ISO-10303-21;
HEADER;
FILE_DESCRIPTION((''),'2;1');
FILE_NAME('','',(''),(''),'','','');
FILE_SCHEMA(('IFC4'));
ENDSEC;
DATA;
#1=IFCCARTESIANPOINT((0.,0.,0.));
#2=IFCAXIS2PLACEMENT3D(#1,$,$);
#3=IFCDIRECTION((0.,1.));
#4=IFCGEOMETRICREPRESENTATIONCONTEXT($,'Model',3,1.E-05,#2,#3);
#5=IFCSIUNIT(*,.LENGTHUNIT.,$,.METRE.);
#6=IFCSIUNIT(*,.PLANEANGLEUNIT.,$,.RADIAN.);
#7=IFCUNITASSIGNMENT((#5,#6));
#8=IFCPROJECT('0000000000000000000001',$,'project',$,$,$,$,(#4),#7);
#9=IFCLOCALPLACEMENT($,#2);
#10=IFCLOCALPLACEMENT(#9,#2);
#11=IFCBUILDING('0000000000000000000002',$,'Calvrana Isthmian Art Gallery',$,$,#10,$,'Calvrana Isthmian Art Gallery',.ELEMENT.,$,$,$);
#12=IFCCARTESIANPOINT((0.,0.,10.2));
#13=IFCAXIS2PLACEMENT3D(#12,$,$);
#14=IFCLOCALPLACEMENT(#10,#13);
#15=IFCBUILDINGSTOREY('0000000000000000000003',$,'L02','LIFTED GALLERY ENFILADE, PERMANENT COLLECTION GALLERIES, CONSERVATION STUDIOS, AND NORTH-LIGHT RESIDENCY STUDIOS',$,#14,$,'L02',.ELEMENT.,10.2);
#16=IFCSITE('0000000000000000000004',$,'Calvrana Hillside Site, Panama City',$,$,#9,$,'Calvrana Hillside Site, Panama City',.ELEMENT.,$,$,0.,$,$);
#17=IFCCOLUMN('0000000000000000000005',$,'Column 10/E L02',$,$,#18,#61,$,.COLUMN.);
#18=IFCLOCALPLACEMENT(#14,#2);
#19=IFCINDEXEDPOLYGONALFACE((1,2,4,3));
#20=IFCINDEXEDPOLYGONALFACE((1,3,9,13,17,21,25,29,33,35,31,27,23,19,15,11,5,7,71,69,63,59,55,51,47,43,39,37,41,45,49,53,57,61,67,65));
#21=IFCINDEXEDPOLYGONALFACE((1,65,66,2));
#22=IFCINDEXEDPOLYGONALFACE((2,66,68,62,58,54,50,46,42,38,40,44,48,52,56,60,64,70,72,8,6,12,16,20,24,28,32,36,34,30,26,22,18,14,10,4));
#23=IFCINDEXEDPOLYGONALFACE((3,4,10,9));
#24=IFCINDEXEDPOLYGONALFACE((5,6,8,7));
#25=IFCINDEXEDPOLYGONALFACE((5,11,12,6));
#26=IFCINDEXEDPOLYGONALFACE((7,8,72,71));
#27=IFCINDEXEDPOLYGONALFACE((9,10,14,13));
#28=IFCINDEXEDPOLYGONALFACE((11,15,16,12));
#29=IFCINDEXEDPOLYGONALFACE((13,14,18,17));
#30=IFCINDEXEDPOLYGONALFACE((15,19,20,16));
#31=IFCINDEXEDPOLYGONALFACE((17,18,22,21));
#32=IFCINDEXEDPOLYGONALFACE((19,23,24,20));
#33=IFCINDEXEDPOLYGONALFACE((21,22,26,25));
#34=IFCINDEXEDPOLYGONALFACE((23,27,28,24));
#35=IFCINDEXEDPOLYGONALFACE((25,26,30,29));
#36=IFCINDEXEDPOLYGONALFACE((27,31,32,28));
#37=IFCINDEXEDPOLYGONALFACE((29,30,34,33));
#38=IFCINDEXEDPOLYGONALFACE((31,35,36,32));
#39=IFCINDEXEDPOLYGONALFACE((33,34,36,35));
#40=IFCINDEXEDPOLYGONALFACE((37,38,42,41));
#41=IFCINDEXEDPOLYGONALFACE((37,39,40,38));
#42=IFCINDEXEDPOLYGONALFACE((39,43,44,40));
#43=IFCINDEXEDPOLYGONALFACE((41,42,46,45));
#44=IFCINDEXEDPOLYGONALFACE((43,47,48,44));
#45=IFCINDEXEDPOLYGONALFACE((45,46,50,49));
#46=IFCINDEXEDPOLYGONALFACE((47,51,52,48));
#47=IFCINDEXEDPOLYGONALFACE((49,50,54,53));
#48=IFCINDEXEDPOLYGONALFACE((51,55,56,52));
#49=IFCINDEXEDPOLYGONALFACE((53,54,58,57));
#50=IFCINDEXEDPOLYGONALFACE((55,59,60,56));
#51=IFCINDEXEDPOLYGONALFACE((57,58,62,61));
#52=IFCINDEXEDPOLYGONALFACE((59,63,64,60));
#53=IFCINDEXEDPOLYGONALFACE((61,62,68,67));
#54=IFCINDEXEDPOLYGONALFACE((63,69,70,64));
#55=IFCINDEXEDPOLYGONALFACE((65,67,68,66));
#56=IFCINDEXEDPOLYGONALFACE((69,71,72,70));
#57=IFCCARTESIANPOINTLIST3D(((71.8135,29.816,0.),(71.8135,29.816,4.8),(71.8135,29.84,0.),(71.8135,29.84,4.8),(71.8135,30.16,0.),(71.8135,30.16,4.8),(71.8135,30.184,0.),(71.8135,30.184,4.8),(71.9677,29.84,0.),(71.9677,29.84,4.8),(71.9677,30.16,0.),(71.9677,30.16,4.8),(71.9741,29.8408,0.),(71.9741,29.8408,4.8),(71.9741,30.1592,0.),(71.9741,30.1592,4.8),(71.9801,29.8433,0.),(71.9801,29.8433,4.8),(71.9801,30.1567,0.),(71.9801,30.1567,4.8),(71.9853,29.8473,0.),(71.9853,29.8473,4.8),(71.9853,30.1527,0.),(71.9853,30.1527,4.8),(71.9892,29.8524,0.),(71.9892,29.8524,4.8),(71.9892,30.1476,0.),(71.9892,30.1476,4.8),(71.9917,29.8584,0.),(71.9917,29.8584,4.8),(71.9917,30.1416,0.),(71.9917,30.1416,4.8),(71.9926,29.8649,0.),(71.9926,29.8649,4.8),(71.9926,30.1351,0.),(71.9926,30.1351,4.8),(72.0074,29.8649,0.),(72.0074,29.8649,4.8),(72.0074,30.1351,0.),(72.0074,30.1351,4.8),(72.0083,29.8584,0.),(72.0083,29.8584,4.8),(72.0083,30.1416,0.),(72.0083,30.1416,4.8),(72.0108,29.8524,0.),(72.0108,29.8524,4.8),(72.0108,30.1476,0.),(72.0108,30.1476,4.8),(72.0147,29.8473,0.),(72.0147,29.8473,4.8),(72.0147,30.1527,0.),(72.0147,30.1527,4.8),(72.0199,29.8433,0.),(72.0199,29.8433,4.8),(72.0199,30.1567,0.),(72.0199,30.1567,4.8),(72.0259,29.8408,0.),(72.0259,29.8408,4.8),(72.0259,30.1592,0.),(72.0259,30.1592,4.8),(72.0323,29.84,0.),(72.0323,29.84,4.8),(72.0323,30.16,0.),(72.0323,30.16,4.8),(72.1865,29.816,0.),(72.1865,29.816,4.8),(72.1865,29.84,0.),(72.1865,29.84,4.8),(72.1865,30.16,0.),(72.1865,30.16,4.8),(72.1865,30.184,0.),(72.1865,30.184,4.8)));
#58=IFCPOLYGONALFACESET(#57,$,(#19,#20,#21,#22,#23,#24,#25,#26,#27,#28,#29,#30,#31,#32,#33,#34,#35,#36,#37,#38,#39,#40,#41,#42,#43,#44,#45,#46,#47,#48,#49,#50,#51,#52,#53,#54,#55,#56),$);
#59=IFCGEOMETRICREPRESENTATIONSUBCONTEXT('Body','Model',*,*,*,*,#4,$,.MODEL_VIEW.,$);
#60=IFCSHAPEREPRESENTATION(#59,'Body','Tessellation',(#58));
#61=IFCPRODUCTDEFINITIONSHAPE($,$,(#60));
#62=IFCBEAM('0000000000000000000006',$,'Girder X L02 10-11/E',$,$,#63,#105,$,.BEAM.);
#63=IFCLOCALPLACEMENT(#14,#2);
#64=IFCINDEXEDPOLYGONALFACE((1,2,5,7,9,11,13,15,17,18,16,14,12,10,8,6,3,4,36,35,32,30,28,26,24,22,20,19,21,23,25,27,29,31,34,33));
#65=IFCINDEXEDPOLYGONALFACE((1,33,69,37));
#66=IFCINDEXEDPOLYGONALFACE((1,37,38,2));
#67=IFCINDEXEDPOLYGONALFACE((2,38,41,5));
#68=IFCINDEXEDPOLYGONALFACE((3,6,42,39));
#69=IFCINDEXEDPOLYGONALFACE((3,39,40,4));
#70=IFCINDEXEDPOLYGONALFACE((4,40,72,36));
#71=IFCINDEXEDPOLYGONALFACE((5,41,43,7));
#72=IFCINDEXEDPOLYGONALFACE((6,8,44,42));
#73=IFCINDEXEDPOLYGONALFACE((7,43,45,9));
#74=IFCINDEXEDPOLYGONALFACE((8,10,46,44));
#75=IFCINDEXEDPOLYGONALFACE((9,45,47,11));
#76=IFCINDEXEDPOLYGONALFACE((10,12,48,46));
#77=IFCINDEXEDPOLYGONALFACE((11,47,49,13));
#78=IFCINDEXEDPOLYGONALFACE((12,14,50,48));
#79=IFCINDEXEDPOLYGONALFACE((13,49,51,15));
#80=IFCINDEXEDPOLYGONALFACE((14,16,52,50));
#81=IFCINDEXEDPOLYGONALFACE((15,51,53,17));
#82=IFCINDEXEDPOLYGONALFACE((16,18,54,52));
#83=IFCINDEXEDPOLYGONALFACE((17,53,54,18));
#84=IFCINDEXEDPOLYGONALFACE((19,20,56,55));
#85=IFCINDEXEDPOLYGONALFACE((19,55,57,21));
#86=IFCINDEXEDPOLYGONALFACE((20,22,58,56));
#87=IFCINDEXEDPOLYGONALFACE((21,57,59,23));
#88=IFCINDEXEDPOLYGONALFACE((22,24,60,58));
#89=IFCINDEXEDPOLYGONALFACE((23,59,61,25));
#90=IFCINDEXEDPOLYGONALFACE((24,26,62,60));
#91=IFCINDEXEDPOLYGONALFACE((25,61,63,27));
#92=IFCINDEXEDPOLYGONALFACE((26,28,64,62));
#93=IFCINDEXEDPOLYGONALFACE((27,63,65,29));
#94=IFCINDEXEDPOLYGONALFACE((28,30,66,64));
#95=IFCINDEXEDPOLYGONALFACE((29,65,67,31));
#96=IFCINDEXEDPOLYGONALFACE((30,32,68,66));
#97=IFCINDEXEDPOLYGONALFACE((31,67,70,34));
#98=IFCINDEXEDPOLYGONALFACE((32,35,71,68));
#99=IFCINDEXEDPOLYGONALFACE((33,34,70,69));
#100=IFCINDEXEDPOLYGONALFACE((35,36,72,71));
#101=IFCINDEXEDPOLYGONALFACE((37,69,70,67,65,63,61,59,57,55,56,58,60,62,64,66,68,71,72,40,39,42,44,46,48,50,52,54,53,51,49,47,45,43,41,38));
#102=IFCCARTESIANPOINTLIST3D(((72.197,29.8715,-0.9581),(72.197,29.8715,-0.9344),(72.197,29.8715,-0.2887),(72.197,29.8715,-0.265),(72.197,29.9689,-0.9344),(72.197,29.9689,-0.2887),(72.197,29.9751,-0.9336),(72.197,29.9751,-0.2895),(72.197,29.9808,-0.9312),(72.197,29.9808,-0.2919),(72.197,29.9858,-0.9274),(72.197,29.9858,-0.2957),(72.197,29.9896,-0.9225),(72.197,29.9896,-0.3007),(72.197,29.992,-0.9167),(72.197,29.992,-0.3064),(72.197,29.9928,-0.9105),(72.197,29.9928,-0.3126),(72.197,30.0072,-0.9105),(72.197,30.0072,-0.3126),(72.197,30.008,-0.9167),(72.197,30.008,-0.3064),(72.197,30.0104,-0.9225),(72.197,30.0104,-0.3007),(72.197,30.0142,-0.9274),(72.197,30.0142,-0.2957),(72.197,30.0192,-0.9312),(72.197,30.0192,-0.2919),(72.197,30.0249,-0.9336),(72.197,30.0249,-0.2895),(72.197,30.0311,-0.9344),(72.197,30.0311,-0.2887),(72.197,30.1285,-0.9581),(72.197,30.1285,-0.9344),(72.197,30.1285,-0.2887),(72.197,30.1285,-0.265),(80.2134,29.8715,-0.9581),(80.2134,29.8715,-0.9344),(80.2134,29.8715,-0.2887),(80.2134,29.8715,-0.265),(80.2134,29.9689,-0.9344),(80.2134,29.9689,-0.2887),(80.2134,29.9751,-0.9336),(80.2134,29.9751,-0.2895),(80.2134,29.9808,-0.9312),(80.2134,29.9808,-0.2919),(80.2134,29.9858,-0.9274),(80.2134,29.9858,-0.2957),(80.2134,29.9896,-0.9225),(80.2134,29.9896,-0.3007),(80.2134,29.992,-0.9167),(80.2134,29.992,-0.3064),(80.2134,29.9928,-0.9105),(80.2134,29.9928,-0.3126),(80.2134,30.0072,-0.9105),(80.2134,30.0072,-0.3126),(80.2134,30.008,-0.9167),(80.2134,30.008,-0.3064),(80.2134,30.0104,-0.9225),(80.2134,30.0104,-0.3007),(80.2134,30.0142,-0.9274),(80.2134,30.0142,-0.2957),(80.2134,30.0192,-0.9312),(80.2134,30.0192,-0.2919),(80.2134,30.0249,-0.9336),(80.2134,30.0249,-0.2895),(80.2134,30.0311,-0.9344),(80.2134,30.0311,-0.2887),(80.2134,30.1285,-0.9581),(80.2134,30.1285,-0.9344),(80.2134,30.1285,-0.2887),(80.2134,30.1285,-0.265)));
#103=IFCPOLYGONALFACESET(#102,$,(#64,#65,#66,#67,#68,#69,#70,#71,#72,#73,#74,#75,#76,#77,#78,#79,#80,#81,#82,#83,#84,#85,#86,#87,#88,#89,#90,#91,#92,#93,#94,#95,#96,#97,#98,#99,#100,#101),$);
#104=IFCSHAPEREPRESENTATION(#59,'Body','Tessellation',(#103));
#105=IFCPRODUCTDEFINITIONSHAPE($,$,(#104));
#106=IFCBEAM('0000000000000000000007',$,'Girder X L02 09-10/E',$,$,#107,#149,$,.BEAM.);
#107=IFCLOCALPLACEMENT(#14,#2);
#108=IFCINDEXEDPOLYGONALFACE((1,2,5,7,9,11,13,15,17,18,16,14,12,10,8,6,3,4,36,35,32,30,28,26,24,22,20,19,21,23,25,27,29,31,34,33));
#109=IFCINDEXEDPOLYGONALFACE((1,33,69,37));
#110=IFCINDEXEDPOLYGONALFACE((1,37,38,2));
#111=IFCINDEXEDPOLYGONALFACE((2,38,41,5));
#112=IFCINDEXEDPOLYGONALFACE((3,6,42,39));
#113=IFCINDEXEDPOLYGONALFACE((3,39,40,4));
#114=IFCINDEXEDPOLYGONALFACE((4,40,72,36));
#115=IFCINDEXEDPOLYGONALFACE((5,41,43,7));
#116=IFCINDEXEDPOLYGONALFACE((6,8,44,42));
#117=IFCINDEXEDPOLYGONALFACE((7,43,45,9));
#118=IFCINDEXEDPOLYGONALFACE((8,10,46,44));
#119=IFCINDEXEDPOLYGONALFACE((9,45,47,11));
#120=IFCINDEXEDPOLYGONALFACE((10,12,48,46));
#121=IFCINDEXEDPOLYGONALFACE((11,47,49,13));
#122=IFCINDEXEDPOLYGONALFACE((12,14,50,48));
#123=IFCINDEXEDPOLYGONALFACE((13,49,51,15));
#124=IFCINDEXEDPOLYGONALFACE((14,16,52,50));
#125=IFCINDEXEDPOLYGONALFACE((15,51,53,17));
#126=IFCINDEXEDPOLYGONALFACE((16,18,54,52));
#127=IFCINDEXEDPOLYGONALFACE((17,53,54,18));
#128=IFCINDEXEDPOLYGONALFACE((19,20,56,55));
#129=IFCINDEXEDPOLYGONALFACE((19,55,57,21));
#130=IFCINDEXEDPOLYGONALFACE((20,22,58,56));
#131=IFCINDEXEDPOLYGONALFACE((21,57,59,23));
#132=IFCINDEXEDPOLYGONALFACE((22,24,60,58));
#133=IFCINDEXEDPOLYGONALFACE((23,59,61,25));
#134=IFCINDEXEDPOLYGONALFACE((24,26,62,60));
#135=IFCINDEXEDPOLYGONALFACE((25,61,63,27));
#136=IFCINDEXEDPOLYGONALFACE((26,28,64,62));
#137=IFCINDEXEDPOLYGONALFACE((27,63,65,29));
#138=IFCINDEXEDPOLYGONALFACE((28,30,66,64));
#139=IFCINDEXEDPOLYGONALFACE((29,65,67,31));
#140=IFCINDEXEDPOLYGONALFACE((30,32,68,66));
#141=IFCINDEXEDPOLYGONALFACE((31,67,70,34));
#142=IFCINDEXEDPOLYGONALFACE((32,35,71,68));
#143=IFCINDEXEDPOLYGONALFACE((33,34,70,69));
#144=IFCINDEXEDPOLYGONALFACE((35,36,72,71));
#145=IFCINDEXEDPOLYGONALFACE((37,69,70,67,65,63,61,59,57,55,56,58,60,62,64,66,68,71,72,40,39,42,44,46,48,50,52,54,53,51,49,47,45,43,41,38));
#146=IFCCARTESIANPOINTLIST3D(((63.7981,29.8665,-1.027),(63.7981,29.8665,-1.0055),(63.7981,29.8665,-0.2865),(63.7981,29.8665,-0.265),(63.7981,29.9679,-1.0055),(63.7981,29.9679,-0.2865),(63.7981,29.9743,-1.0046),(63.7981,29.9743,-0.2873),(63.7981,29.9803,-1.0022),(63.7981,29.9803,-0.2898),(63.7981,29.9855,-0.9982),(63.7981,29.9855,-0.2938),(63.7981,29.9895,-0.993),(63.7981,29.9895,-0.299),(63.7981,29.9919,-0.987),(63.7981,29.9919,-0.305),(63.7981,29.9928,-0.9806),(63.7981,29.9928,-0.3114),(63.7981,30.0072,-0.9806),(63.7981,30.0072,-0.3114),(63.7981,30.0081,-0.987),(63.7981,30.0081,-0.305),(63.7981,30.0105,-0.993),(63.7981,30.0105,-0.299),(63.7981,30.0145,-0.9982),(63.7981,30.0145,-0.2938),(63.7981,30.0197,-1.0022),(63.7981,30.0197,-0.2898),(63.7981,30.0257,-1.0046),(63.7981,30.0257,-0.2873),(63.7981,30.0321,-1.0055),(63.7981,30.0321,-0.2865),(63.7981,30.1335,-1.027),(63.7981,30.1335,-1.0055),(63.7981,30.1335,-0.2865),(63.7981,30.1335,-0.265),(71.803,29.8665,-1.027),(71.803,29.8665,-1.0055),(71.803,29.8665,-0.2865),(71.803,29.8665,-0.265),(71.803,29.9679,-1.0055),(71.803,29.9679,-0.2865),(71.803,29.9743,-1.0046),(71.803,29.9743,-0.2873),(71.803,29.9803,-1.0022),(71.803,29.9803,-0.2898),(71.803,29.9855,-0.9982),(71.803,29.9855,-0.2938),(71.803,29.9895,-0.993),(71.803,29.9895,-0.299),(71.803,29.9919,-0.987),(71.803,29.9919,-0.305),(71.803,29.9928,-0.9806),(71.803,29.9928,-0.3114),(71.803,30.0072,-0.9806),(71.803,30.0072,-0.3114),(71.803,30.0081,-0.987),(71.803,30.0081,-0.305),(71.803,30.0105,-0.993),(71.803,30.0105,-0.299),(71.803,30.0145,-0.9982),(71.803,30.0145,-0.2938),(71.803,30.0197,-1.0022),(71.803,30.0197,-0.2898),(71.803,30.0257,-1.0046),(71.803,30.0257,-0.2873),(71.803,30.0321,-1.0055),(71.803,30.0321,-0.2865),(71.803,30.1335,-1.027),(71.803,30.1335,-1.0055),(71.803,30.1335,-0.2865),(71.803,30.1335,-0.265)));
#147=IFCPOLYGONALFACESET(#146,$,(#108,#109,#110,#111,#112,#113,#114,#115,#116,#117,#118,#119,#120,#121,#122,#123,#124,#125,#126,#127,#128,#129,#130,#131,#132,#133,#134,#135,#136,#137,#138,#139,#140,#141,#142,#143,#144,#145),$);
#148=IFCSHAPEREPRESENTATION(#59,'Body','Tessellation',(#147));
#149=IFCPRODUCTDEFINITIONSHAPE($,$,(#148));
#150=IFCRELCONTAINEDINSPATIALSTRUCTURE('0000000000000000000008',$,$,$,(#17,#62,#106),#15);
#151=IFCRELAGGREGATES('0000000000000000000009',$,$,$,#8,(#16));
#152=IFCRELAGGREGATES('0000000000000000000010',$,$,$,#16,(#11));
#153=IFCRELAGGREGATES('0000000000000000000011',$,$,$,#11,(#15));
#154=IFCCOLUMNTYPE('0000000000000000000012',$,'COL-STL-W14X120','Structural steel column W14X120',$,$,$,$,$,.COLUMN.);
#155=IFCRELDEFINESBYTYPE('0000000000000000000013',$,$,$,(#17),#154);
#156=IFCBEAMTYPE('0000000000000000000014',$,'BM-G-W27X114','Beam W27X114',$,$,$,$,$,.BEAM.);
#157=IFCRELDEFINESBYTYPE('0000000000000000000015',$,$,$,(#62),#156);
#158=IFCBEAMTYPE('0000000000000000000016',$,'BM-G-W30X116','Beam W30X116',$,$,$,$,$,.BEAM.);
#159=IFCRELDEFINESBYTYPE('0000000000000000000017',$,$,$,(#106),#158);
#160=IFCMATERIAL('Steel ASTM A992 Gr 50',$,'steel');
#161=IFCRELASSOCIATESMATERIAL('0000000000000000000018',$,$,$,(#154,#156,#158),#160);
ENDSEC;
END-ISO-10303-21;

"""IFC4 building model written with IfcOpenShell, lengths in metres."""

from ifc_helpers import new_model, si_unit, direction, frame, origin, origin_2d, place, context, subcontext, project, spatial, i_section, extrude, material, material_profile, profile_set, type_object, element, save


model = new_model("IFC4")

# Units and contexts
model_context = context("Model", 3, precision=1e-05, world=origin(), true_north=direction((0.0, 1.0)))
body_context = subcontext(model_context, "Body", "Model", "MODEL_VIEW")
ifc_project = project(units=[si_unit("LENGTHUNIT", "METRE"), si_unit("PLANEANGLEUNIT", "RADIAN")], contexts=[model_context])

# Site, building, storey
site_placement = place(None, origin())
site = spatial("IfcSite", under=ifc_project, at=site_placement, Name="Calvrana Hillside Site, Panama City", LongName="Calvrana Hillside Site, Panama City", CompositionType="ELEMENT", RefElevation=0.0)
building_placement = place(site_placement, origin())
building = spatial("IfcBuilding", under=site, at=building_placement, Name="Calvrana Isthmian Art Gallery", LongName="Calvrana Isthmian Art Gallery", CompositionType="ELEMENT")
storey_placement = place(building_placement, frame((0.0, 0.0, 10.2)))
storey = spatial("IfcBuildingStorey", under=building, at=storey_placement, Name="L02", Description="LIFTED GALLERY ENFILADE, PERMANENT COLLECTION GALLERIES, CONSERVATION STUDIOS, AND NORTH-LIGHT RESIDENCY STUDIOS", LongName="L02", CompositionType="ELEMENT", Elevation=10.2)

# Column
ifc_material_1 = material(Name="Steel ASTM A992 Gr 50", Category="steel")
ifc_material_profile_1 = material_profile(ifc_material_1, i_section(OverallWidth=0.373, OverallDepth=0.3679, WebThickness=0.0149, FlangeThickness=0.0239, FilletRadius=0.0249, at=origin_2d()), Name="W14X120")
ifc_profile_set_1 = profile_set([ifc_material_profile_1], Name="Steel ASTM A992 Gr 50")
column_type = type_object("IfcColumnType", Name="COL-STL-W14X120", Description="Structural steel column W14X120", PredefinedType="COLUMN", material=ifc_profile_set_1)
column_placement = place(storey_placement, frame((72.0, 30.0, 0.0), z_axis=(0.0, 0.0, 1.0), x_axis=(1.0, 0.0, 0.0)))
element("IfcColumn", 1, at=column_placement, inside=storey, type_object=column_type, Name="Column 10/E L02", PredefinedType="COLUMN", context=body_context, shape_type="SweptSolid", body=[
    extrude(i_section(OverallWidth=0.373, OverallDepth=0.3679, WebThickness=0.0149, FlangeThickness=0.0239, FilletRadius=0.0249, at=origin_2d()), origin(), (0.0, 0.0, 1.0), 4.8),
])

# Beams
ifc_material_profile_2 = material_profile(ifc_material_1, i_section(OverallWidth=0.2571, OverallDepth=0.6931, WebThickness=0.0144, FlangeThickness=0.0237, FilletRadius=0.0239, at=origin_2d()), Name="W27X114")
ifc_profile_set_2 = profile_set([ifc_material_profile_2], Name="Steel ASTM A992 Gr 50")
beam_type_1 = type_object("IfcBeamType", Name="BM-G-W27X114", Description="Beam W27X114", PredefinedType="BEAM", material=ifc_profile_set_2)
beam_1_placement = place(storey_placement, frame((72.197, 30.0, -0.6116), z_axis=(1.0, 0.0, 0.0), x_axis=(0.0, 1.0, 0.0)))
element("IfcBeam", 2, at=beam_1_placement, inside=storey, type_object=beam_type_1, Name="Girder X L02 10-11/E", PredefinedType="BEAM", context=body_context, shape_type="SweptSolid", body=[
    extrude(i_section(OverallWidth=0.2571, OverallDepth=0.6931, WebThickness=0.0144, FlangeThickness=0.0237, FilletRadius=0.0239, at=origin_2d()), origin(), (0.0, 0.0, 1.0), 8.0164),
])
ifc_material_profile_3 = material_profile(ifc_material_1, i_section(OverallWidth=0.2671, OverallDepth=0.762, WebThickness=0.0144, FlangeThickness=0.0215, FilletRadius=0.0249, at=origin_2d()), Name="W30X116")
ifc_profile_set_3 = profile_set([ifc_material_profile_3], Name="Steel ASTM A992 Gr 50")
beam_type_2 = type_object("IfcBeamType", Name="BM-G-W30X116", Description="Beam W30X116", PredefinedType="BEAM", material=ifc_profile_set_3)
beam_2_placement = place(storey_placement, frame((63.7981, 30.0, -0.646), z_axis=(1.0, 0.0, 0.0), x_axis=(0.0, 1.0, 0.0)))
element("IfcBeam", 3, at=beam_2_placement, inside=storey, type_object=beam_type_2, Name="Girder X L02 09-10/E", PredefinedType="BEAM", context=body_context, shape_type="SweptSolid", body=[
    extrude(i_section(OverallWidth=0.2671, OverallDepth=0.762, WebThickness=0.0144, FlangeThickness=0.0215, FilletRadius=0.0249, at=origin_2d()), origin(), (0.0, 0.0, 1.0), 8.0049),
])

save(model, "model.ifc")
